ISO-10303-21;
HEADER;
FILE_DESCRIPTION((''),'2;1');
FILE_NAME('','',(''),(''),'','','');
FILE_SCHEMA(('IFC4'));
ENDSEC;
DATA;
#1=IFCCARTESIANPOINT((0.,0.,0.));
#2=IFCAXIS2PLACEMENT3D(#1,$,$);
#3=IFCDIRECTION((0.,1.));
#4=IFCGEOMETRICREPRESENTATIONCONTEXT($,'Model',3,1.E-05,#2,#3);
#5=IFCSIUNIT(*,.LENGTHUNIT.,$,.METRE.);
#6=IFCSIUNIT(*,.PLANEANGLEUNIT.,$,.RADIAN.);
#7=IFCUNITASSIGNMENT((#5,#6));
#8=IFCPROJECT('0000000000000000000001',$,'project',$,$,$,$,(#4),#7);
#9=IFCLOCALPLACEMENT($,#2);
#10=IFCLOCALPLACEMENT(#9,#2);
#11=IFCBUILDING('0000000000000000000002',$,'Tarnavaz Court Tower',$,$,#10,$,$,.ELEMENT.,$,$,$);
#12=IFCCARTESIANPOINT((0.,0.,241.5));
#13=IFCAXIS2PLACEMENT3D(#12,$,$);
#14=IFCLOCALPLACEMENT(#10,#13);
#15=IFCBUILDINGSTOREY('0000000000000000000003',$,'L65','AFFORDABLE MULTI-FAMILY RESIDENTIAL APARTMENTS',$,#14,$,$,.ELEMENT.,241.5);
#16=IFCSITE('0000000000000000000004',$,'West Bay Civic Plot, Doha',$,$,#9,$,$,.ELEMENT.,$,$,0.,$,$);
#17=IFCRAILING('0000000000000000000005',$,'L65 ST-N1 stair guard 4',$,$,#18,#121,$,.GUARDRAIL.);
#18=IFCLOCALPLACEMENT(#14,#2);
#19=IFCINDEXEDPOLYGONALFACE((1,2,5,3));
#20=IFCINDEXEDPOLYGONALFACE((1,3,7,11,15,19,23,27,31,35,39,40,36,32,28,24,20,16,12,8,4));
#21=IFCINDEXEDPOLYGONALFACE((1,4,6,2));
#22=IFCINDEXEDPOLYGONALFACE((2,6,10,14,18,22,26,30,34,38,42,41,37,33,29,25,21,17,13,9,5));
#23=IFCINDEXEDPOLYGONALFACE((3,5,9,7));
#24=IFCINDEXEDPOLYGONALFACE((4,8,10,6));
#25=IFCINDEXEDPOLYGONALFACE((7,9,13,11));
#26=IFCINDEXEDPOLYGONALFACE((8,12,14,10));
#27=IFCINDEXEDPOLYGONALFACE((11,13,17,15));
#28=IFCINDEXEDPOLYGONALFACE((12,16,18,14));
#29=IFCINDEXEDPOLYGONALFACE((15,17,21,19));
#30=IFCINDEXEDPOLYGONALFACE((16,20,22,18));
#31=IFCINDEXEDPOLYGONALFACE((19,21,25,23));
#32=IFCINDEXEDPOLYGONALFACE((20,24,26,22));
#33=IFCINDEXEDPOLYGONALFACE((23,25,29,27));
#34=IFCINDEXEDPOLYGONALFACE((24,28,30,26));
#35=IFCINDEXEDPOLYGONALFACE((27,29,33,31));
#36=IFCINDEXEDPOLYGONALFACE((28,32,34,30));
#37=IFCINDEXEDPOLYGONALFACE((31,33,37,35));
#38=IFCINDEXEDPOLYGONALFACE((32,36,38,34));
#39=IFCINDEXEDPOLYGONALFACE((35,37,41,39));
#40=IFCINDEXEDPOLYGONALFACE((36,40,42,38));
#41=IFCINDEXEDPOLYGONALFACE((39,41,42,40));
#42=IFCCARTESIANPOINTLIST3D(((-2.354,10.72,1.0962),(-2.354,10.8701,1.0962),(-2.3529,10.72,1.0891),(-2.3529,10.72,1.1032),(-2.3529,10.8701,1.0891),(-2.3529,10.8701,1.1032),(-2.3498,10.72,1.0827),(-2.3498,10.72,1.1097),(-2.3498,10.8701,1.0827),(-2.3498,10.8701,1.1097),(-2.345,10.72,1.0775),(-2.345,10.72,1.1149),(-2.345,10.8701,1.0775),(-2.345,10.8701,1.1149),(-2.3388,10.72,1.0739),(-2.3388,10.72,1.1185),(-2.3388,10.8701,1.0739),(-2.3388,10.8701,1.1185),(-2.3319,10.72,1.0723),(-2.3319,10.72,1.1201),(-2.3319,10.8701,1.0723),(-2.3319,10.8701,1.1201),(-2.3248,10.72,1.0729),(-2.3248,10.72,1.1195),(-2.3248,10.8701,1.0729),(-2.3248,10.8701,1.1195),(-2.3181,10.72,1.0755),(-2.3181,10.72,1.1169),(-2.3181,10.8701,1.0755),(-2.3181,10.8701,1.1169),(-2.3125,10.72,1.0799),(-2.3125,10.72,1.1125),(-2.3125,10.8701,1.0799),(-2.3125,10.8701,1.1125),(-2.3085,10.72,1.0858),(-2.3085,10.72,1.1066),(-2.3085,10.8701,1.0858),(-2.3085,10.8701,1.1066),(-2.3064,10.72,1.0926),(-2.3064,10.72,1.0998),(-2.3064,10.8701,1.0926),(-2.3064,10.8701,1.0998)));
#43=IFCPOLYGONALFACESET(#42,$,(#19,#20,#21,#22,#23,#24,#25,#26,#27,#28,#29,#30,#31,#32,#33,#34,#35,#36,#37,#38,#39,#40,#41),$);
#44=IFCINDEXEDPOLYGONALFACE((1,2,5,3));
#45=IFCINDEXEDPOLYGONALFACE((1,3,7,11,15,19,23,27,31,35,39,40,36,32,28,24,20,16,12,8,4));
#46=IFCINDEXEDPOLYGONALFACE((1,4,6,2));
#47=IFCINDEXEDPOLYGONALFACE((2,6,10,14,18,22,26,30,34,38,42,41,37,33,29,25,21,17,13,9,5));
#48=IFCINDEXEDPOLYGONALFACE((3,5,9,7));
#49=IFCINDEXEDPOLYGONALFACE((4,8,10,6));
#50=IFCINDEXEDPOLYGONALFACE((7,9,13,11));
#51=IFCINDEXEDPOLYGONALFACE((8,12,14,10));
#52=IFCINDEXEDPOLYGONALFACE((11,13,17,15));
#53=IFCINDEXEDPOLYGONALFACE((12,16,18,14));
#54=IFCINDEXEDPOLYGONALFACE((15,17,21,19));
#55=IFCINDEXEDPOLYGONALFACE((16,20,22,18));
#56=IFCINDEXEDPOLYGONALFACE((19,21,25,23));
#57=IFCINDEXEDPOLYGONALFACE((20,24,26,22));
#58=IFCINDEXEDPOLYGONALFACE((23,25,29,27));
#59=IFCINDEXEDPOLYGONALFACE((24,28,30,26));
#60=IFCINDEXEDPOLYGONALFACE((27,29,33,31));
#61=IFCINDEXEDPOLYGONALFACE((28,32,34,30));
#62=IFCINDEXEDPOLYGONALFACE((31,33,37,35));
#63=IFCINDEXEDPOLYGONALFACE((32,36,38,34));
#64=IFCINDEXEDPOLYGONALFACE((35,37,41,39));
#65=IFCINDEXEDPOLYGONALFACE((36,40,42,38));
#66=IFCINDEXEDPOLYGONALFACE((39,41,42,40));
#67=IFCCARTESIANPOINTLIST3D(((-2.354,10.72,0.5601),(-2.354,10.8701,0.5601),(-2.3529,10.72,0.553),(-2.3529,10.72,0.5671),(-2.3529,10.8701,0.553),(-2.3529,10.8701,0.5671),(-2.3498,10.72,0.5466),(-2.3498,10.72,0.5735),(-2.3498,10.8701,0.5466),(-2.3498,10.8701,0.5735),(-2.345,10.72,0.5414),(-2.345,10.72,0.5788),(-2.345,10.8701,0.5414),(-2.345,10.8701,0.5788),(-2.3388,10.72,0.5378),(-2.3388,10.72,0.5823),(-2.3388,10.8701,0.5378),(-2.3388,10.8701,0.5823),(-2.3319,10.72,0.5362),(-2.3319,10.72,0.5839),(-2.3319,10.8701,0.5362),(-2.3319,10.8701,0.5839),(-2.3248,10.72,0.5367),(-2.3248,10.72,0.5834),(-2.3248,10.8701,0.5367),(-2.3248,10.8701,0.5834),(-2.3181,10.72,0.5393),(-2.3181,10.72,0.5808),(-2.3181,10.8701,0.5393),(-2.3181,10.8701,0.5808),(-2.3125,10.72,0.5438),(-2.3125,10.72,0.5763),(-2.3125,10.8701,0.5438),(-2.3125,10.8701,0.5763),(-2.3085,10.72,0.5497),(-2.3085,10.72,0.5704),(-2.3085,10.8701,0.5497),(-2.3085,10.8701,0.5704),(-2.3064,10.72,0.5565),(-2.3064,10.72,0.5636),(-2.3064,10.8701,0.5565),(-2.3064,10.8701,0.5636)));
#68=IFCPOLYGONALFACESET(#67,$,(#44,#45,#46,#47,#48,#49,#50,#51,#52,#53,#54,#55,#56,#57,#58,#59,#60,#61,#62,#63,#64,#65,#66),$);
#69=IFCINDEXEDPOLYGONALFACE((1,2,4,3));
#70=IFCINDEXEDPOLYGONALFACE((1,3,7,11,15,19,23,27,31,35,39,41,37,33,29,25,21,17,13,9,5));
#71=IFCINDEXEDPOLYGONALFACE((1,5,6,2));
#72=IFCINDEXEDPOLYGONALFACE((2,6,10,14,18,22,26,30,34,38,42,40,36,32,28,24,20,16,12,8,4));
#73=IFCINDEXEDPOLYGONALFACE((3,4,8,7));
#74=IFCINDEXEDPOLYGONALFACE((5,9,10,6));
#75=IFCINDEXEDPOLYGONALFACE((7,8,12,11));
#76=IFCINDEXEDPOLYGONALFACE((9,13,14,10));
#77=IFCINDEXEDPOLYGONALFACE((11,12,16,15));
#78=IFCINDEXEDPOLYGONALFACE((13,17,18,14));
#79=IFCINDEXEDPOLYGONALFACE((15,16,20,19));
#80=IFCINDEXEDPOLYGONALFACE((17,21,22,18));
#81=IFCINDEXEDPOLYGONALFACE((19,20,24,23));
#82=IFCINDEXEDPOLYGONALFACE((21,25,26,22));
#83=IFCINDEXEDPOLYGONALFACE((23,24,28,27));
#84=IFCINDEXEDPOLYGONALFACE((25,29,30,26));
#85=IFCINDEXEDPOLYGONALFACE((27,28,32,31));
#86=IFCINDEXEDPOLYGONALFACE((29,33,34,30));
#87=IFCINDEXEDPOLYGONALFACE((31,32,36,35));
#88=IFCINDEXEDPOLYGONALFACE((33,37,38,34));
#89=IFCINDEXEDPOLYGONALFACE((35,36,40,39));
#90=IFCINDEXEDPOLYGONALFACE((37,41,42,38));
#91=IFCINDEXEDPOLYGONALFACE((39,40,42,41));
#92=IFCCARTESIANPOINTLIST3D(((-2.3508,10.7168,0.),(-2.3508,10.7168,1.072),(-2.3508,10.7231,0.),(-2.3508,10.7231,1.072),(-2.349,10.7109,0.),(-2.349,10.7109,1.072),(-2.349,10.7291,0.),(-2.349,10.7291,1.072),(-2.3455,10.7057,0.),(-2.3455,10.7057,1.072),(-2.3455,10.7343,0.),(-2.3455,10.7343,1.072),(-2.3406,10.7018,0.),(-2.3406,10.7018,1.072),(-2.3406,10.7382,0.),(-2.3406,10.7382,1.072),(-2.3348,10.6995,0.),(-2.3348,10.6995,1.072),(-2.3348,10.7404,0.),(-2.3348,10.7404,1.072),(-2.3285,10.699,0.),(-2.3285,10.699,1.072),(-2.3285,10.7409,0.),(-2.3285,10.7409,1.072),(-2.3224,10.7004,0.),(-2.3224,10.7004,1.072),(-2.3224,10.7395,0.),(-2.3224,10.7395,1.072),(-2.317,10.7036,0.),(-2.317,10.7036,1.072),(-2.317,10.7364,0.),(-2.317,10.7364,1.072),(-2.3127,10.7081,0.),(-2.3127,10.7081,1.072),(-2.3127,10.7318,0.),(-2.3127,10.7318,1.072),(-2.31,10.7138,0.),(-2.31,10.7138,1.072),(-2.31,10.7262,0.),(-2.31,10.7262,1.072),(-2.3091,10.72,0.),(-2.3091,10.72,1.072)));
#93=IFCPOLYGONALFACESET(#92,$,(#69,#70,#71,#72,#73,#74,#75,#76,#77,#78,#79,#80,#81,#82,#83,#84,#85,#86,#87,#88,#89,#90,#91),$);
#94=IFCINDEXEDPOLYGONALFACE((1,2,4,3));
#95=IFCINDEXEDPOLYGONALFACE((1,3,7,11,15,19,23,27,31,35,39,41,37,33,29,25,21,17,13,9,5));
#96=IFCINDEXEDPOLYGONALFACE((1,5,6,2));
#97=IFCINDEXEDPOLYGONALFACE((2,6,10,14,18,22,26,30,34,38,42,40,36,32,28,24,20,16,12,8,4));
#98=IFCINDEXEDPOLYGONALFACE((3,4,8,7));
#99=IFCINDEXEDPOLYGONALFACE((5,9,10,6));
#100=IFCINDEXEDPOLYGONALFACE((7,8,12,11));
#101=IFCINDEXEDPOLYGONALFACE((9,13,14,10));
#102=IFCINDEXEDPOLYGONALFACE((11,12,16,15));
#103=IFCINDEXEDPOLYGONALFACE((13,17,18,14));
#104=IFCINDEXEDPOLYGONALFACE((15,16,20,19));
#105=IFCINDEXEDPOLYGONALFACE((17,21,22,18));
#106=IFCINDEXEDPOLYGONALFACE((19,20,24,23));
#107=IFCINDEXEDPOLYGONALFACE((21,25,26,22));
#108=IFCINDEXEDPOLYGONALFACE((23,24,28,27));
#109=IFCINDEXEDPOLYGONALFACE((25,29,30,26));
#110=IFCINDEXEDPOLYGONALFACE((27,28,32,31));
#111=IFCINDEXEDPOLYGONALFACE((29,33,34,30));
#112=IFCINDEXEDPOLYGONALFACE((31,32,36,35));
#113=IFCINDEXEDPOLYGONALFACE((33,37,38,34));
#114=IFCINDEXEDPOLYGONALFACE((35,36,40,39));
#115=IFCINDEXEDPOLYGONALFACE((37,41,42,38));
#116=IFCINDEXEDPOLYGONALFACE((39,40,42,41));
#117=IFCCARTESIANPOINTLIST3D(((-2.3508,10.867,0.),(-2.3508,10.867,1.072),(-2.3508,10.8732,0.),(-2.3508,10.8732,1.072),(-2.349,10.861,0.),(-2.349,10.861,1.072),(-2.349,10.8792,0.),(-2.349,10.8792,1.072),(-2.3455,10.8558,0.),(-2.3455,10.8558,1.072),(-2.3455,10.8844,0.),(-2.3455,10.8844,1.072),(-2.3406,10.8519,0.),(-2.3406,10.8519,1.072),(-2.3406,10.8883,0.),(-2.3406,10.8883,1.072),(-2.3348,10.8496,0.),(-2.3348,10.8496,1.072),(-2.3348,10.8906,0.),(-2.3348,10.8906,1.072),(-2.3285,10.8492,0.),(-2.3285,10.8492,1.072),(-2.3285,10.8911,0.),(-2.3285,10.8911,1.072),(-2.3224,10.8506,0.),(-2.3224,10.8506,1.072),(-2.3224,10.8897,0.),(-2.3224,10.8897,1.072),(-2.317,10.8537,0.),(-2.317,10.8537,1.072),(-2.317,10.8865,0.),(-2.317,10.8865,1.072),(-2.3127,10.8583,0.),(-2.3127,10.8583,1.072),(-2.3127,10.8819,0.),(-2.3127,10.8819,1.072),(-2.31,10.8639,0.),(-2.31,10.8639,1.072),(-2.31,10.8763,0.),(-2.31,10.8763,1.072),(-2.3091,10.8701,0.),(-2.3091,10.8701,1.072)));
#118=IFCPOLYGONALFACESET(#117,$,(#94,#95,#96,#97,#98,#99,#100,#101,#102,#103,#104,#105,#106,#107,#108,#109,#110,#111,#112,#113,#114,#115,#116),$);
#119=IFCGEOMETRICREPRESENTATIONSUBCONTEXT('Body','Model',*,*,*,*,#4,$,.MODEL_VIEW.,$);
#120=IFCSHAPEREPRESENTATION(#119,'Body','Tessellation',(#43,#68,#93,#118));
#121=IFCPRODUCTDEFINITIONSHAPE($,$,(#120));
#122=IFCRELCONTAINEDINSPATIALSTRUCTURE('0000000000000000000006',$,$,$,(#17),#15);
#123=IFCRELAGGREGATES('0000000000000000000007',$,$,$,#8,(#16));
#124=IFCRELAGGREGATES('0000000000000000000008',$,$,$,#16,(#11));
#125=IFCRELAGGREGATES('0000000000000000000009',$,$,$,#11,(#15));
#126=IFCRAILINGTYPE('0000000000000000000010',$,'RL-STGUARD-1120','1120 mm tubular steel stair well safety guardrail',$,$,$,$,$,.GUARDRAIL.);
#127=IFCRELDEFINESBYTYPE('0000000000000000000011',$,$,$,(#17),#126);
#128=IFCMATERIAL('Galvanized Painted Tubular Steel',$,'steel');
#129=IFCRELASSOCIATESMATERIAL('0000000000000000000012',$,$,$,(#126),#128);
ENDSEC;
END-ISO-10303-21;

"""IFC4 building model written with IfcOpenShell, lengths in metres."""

from ifc_helpers import new_model, si_unit, direction, frame, origin, origin_2d, place, context, subcontext, project, spatial, circle, extrude, material, type_object, element, save


model = new_model("IFC4")

# Units and contexts
model_context = context("Model", 3, precision=1e-05, world=origin(), true_north=direction((0.0, 1.0)))
body_context = subcontext(model_context, "Body", "Model", "MODEL_VIEW")
ifc_project = project(units=[si_unit("LENGTHUNIT", "METRE"), si_unit("PLANEANGLEUNIT", "RADIAN")], contexts=[model_context])

# Site, building, storey
site_placement = place(None, origin())
site = spatial("IfcSite", under=ifc_project, at=site_placement, Name="West Bay Civic Plot, Doha", CompositionType="ELEMENT", RefElevation=0.0)
building_placement = place(site_placement, origin())
building = spatial("IfcBuilding", under=site, at=building_placement, Name="Tarnavaz Court Tower", CompositionType="ELEMENT")
storey_placement = place(building_placement, frame((0.0, 0.0, 241.5)))
storey = spatial("IfcBuildingStorey", under=building, at=storey_placement, Name="L65", Description="AFFORDABLE MULTI-FAMILY RESIDENTIAL APARTMENTS", CompositionType="ELEMENT", Elevation=241.5)

# Railing
ifc_material_1 = material(Name="Galvanized Painted Tubular Steel", Category="steel")
railing_type_1 = type_object("IfcRailingType", Name="RL-STGUARD-1120", Description="1120 mm tubular steel stair well safety guardrail", PredefinedType="GUARDRAIL", material=ifc_material_1)
railing_1_placement = place(storey_placement, frame((-2.3301, 10.72, 0.0)))
element("IfcRailing", 1, at=railing_1_placement, inside=storey, type_object=railing_type_1, Name="L65 ST-N1 stair guard 4", PredefinedType="GUARDRAIL", context=body_context, shape_type="SweptSolid", body=[
    extrude(circle(Radius=0.0239, at=origin_2d()), frame((0.0, 0.0, 1.0962), z_axis=(0.0, 1.0, 0.0), x_axis=(-1.0, 0.0, 0.0)), (0.0, 0.0, 1.0), 0.1501),
    extrude(circle(Radius=0.0239, at=origin_2d()), frame((0.0, 0.0, 0.5601), z_axis=(0.0, 1.0, 0.0), x_axis=(-1.0, 0.0, 0.0)), (0.0, 0.0, 1.0), 0.1501),
    extrude(circle(Radius=0.021, at=origin_2d()), origin(), (0.0, 0.0, 1.0), 1.072),
    extrude(circle(Radius=0.021, at=origin_2d()), frame((0.0, 0.1501, 0.0)), (0.0, 0.0, 1.0), 1.072),
])

save(model, "model.ifc")
